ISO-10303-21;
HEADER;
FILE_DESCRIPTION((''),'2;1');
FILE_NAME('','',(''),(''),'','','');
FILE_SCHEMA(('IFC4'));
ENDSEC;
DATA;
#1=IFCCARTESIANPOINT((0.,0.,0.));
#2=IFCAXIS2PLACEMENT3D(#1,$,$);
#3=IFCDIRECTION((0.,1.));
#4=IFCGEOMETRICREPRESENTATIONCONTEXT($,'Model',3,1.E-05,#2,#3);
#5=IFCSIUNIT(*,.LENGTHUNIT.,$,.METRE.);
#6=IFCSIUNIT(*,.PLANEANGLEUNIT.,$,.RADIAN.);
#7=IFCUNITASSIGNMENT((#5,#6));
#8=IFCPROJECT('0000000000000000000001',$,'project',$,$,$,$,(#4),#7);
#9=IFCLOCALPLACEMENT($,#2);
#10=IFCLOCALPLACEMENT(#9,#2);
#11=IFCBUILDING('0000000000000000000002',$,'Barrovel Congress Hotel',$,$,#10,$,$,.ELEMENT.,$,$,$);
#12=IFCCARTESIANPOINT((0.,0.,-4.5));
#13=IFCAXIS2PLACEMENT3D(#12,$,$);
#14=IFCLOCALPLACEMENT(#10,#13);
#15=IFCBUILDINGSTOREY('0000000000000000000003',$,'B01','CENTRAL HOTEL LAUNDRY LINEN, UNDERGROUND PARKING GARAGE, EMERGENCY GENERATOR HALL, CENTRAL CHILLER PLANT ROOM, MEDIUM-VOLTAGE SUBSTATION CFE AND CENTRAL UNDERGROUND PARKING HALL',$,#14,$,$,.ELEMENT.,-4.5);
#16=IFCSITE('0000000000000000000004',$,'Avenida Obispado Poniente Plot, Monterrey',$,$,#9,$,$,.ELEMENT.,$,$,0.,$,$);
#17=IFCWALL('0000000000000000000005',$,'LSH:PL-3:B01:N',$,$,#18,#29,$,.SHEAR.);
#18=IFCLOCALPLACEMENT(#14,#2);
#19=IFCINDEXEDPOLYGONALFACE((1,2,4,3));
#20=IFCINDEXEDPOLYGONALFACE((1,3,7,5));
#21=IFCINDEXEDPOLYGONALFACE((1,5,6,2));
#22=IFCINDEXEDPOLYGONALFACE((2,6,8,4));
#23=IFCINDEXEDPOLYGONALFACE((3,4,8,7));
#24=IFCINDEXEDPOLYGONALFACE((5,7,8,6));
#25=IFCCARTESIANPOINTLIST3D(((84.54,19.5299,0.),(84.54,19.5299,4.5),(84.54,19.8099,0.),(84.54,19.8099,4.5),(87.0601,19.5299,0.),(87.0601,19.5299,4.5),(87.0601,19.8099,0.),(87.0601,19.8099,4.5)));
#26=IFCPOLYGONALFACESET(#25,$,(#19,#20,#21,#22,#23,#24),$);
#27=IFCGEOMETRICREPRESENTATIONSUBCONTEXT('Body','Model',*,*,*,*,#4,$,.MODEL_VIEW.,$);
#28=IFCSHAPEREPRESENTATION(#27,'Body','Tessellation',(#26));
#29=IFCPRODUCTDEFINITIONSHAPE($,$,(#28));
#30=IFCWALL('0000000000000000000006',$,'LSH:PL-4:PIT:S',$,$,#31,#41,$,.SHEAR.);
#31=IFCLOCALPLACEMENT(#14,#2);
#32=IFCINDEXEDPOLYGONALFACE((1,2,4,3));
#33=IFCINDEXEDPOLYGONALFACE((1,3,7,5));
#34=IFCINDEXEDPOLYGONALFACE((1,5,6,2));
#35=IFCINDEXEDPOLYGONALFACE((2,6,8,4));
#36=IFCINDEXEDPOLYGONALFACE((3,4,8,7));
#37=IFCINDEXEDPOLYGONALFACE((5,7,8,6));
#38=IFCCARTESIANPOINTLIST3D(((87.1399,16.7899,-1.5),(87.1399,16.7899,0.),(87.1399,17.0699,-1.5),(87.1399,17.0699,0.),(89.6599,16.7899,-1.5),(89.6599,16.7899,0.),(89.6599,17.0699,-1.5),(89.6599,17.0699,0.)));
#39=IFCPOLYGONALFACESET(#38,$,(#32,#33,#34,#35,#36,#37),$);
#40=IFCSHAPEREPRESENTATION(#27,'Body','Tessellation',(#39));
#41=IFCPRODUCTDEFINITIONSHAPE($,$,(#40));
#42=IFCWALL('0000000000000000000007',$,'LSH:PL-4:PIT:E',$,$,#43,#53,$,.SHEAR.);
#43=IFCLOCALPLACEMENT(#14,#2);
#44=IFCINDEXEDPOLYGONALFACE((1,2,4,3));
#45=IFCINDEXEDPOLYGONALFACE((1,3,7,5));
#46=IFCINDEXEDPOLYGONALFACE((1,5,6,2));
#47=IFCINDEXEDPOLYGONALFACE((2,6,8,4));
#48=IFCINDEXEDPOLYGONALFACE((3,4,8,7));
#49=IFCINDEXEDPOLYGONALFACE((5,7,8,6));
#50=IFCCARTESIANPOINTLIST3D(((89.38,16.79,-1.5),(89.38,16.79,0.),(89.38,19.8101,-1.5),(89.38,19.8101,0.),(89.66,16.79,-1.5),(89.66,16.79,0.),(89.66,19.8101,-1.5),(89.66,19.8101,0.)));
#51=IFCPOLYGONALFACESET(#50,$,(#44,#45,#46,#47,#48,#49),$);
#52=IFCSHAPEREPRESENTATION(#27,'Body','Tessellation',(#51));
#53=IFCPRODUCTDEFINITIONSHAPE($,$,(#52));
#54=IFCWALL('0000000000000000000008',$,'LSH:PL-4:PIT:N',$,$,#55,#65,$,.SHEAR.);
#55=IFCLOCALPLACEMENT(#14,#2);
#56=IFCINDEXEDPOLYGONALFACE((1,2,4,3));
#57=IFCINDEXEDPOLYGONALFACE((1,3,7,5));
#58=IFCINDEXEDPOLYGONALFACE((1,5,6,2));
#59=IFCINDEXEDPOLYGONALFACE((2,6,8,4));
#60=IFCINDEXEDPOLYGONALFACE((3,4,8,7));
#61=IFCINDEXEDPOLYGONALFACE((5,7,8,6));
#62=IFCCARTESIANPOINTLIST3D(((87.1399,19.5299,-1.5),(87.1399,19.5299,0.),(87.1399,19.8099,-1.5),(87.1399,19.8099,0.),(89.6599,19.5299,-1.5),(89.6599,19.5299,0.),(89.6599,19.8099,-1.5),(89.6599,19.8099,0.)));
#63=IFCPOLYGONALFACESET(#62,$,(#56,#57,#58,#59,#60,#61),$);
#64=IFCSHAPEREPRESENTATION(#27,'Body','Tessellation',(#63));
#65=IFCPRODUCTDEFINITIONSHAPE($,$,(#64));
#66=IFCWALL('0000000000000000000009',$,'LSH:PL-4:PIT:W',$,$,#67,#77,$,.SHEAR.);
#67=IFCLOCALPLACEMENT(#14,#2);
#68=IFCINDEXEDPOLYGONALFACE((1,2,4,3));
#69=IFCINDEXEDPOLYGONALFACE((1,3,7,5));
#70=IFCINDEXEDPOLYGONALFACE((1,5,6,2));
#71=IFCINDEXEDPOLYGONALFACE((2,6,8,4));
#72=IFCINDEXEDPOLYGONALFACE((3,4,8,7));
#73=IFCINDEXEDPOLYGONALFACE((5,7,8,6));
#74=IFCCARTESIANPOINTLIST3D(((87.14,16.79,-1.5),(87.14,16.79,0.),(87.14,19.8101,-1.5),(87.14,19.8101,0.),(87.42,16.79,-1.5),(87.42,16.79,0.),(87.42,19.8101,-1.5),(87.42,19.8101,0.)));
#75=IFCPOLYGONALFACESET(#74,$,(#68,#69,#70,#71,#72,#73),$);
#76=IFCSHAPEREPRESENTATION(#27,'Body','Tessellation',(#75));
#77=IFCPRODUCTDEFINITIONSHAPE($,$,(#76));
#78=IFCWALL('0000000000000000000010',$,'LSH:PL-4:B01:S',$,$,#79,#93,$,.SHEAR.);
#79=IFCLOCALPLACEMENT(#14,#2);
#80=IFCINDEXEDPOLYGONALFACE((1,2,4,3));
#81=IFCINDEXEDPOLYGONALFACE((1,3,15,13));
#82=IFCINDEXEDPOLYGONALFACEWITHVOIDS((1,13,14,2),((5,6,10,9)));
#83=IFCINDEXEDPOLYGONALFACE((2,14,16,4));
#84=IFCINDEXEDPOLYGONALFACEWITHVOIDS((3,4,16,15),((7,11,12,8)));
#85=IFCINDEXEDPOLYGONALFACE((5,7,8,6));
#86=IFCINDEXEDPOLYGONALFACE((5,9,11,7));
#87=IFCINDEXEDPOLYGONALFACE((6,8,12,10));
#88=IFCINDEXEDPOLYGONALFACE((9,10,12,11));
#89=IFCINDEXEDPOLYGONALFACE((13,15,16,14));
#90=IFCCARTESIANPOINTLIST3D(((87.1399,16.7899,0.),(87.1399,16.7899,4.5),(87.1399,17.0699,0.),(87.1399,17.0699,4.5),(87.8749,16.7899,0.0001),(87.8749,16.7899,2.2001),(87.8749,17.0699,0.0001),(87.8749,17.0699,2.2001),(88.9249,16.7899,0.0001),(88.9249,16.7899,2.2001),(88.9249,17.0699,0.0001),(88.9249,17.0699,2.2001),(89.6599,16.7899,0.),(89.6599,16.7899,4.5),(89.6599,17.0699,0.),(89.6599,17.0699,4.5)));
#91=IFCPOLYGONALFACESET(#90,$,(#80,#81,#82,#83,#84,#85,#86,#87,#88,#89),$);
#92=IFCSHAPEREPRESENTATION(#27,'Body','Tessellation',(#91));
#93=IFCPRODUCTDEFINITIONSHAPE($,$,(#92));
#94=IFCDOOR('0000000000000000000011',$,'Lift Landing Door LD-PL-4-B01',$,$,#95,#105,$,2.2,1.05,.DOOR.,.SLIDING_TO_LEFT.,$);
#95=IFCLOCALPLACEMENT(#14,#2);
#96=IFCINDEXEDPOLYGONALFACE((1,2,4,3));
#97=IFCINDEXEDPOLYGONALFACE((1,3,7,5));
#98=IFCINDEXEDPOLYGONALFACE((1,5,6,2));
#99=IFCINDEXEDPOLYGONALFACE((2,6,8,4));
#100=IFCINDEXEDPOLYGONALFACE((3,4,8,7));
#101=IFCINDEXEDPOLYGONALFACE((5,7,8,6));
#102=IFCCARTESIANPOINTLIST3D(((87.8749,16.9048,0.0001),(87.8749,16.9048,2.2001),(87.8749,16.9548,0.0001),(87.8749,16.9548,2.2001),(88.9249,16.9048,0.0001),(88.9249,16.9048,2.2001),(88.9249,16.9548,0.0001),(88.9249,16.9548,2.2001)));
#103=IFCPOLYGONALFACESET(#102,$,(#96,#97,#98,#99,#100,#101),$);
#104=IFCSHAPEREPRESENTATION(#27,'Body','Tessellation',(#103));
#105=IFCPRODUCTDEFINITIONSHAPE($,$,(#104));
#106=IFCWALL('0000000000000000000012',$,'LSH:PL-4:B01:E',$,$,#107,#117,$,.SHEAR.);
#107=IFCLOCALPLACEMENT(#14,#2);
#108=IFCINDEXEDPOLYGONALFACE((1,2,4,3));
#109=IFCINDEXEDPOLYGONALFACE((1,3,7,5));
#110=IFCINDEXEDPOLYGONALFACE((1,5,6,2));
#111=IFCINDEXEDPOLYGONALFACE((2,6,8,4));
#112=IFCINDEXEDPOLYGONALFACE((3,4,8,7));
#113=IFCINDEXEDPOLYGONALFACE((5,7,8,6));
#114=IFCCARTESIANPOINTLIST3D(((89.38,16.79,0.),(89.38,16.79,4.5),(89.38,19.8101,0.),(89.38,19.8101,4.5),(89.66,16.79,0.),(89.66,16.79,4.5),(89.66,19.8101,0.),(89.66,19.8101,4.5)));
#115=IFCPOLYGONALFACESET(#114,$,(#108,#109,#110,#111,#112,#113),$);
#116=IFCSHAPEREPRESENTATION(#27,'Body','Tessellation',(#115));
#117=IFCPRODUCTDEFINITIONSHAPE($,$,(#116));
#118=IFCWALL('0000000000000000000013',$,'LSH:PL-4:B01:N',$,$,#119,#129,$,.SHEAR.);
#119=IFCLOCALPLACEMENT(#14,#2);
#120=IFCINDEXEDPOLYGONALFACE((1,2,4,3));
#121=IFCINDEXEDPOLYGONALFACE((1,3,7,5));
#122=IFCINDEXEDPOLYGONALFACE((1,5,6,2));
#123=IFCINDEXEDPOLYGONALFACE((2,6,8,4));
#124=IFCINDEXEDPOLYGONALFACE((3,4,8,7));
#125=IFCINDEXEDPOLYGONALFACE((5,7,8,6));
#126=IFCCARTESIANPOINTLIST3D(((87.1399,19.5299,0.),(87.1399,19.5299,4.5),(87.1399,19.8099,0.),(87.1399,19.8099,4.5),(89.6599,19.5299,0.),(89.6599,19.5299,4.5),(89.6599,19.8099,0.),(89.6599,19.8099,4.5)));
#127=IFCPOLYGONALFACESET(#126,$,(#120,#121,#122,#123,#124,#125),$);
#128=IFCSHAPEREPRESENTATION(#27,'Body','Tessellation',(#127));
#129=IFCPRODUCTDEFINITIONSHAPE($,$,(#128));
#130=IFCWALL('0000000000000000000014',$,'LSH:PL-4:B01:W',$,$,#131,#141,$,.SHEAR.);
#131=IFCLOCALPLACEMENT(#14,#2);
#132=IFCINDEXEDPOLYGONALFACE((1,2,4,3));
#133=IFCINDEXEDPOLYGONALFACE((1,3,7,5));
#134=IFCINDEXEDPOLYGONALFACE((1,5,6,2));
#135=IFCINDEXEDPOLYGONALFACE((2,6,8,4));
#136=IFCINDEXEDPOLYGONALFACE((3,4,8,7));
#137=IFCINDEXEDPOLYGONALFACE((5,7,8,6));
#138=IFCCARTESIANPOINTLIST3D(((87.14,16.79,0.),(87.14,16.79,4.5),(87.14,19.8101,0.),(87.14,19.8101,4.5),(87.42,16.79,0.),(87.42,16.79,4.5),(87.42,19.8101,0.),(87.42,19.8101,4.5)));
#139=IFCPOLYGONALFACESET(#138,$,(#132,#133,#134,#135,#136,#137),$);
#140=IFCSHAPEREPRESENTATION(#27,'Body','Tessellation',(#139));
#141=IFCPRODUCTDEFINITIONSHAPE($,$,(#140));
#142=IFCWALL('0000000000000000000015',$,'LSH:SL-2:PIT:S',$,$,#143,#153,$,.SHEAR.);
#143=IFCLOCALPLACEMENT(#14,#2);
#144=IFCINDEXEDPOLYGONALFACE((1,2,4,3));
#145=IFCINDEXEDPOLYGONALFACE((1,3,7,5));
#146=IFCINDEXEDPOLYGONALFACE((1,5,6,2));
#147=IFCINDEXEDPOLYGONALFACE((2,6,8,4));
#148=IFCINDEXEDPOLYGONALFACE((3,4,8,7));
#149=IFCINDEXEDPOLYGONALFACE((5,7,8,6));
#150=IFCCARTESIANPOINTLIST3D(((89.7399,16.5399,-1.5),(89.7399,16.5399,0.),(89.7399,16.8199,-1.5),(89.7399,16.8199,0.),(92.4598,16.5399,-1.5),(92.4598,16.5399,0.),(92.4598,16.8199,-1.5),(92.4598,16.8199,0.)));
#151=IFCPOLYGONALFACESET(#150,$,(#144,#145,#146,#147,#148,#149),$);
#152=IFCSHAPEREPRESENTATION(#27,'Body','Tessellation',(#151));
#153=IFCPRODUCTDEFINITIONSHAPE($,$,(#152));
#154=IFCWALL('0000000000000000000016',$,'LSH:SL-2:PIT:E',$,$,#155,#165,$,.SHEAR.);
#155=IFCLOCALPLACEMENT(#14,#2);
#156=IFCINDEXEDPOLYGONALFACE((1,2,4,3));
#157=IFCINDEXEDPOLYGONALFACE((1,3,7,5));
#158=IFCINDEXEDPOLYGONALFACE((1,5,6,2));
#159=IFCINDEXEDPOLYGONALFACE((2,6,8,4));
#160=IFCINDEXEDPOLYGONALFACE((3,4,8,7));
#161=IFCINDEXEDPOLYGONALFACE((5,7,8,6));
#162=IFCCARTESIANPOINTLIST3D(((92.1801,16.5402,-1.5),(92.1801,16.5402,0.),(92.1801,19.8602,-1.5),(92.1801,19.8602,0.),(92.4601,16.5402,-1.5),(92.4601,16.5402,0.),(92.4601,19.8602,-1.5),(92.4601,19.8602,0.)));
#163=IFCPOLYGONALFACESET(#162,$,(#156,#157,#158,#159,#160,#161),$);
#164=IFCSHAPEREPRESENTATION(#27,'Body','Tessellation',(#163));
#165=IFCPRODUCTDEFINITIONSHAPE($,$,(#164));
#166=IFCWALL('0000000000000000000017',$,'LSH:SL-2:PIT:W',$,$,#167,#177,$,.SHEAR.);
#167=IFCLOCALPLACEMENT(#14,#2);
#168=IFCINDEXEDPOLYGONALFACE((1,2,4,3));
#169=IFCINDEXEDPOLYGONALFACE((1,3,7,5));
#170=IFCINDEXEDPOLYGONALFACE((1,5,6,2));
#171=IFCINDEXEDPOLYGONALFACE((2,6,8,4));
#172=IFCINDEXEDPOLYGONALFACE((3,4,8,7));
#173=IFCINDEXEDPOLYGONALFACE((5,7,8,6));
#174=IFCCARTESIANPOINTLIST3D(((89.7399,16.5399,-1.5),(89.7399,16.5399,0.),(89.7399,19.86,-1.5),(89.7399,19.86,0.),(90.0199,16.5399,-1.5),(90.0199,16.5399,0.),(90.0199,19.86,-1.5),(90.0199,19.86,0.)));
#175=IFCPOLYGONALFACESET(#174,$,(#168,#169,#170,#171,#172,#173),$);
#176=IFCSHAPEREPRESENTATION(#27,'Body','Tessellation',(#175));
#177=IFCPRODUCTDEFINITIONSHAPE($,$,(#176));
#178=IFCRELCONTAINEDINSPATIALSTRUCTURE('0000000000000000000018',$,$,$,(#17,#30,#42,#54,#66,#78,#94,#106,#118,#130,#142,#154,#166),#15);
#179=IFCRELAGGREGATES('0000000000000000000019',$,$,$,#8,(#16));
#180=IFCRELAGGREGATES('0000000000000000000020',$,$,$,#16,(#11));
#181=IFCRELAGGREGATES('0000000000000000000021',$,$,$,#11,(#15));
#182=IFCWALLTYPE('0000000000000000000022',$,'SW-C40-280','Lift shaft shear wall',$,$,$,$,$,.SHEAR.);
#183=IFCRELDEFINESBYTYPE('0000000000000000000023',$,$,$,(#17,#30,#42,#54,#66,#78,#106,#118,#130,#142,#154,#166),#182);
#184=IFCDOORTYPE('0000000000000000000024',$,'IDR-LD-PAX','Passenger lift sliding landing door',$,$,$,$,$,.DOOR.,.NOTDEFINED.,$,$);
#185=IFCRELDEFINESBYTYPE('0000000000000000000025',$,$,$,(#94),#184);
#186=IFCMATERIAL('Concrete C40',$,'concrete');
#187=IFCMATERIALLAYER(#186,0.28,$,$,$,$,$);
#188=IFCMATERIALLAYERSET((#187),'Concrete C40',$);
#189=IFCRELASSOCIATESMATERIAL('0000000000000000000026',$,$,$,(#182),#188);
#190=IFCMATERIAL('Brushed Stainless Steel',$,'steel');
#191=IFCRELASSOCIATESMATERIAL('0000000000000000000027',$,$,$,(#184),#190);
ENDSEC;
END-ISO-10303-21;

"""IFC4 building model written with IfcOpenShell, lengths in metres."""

from ifc_helpers import new_model, si_unit, direction, frame, frame_2d, origin, place, context, subcontext, project, spatial, rectangle, extrude, material, layer, layer_set, type_object, element, fill, save


model = new_model("IFC4")

# Units and contexts
model_context = context("Model", 3, precision=1e-05, world=origin(), true_north=direction((0.0, 1.0)))
body_context = subcontext(model_context, "Body", "Model", "MODEL_VIEW")
ifc_project = project(units=[si_unit("LENGTHUNIT", "METRE"), si_unit("PLANEANGLEUNIT", "RADIAN")], contexts=[model_context])

# Site, building, storey
site_placement = place(None, origin())
site = spatial("IfcSite", under=ifc_project, at=site_placement, Name="Avenida Obispado Poniente Plot, Monterrey", CompositionType="ELEMENT", RefElevation=0.0)
building_placement = place(site_placement, origin())
building = spatial("IfcBuilding", under=site, at=building_placement, Name="Barrovel Congress Hotel", CompositionType="ELEMENT")
storey_placement = place(building_placement, frame((0.0, 0.0, -4.5)))
storey = spatial("IfcBuildingStorey", under=building, at=storey_placement, Name="B01", Description="CENTRAL HOTEL LAUNDRY LINEN, UNDERGROUND PARKING GARAGE, EMERGENCY GENERATOR HALL, CENTRAL CHILLER PLANT ROOM, MEDIUM-VOLTAGE SUBSTATION CFE AND CENTRAL UNDERGROUND PARKING HALL", CompositionType="ELEMENT", Elevation=-4.5)

# Shared definitions
ifc_material_1 = material(Name="Concrete C40", Category="concrete")

# Walls
ifc_layer = layer(ifc_material_1, 0.28)
ifc_layer_set = layer_set([ifc_layer], Name="Concrete C40")
wall_type = type_object("IfcWallType", Name="SW-C40-280", Description="Lift shaft shear wall", PredefinedType="SHEAR", material=ifc_layer_set)
wall_1_placement = place(storey_placement, frame((87.0601, 19.6699, 0.0), z_axis=(0.0, 0.0, 1.0), x_axis=(-1.0, 0.0, 0.0)))
element("IfcWall", 1, at=wall_1_placement, inside=storey, type_object=wall_type, Name="LSH:PL-3:B01:N", PredefinedType="SHEAR", context=body_context, shape_type="SweptSolid", body=[
    extrude(rectangle(XDim=2.52, YDim=0.28, at=frame_2d((1.26, 0.0))), origin(), (0.0, 0.0, 1.0), 4.5),
])
wall_2_placement = place(storey_placement, frame((87.1399, 16.9299, -1.5), z_axis=(0.0, 0.0, 1.0), x_axis=(1.0, 0.0, 0.0)))
element("IfcWall", 2, at=wall_2_placement, inside=storey, type_object=wall_type, Name="LSH:PL-4:PIT:S", PredefinedType="SHEAR", context=body_context, shape_type="SweptSolid", body=[
    extrude(rectangle(XDim=2.52, YDim=0.28, at=frame_2d((1.26, 0.0))), origin(), (0.0, 0.0, 1.0), 1.5),
])
wall_3_placement = place(storey_placement, frame((89.52, 16.79, -1.5), z_axis=(0.0, 0.0, 1.0), x_axis=(0.0, 1.0, 0.0)))
element("IfcWall", 3, at=wall_3_placement, inside=storey, type_object=wall_type, Name="LSH:PL-4:PIT:E", PredefinedType="SHEAR", context=body_context, shape_type="SweptSolid", body=[
    extrude(rectangle(XDim=3.02, YDim=0.28, at=frame_2d((1.51, 0.0))), origin(), (0.0, 0.0, 1.0), 1.5),
])
wall_4_placement = place(storey_placement, frame((89.6599, 19.6699, -1.5), z_axis=(0.0, 0.0, 1.0), x_axis=(-1.0, 0.0, 0.0)))
element("IfcWall", 4, at=wall_4_placement, inside=storey, type_object=wall_type, Name="LSH:PL-4:PIT:N", PredefinedType="SHEAR", context=body_context, shape_type="SweptSolid", body=[
    extrude(rectangle(XDim=2.52, YDim=0.28, at=frame_2d((1.26, 0.0))), origin(), (0.0, 0.0, 1.0), 1.5),
])
wall_5_placement = place(storey_placement, frame((87.28, 19.8101, -1.5), z_axis=(0.0, 0.0, 1.0), x_axis=(0.0, -1.0, 0.0)))
element("IfcWall", 5, at=wall_5_placement, inside=storey, type_object=wall_type, Name="LSH:PL-4:PIT:W", PredefinedType="SHEAR", context=body_context, shape_type="SweptSolid", body=[
    extrude(rectangle(XDim=3.02, YDim=0.28, at=frame_2d((1.51, 0.0))), origin(), (0.0, 0.0, 1.0), 1.5),
])

# Wall, opening, door
wall_6_placement = place(storey_placement, frame((87.1399, 16.9299, 0.0), z_axis=(0.0, 0.0, 1.0), x_axis=(1.0, 0.0, 0.0)))
wall_6 = element("IfcWall", 6, at=wall_6_placement, inside=storey, type_object=wall_type, Name="LSH:PL-4:B01:S", PredefinedType="SHEAR", context=body_context, shape_type="SweptSolid", body=[
    extrude(rectangle(XDim=2.52, YDim=0.28, at=frame_2d((1.26, 0.0))), origin(), (0.0, 0.0, 1.0), 4.5),
])
opening_1_placement = place(wall_6_placement, frame((0.7351, 0.0, 0.0)))
opening_1 = element("IfcOpeningElement", 7, at=opening_1_placement, cuts=wall_6, PredefinedType="OPENING", context=body_context, shape_type="SweptSolid", body=[
    extrude(rectangle(XDim=1.05, YDim=2.2, at=frame_2d((0.5249, 1.1001))), frame((0.0, 0.1499, 0.0), z_axis=(0.0, -1.0, 0.0), x_axis=(1.0, 0.0, 0.0)), (0.0, 0.0, 1.0), 0.3),
])
ifc_material_2 = material(Name="Brushed Stainless Steel", Category="steel")
door_type_1 = type_object("IfcDoorType", Name="IDR-LD-PAX", Description="Passenger lift sliding landing door", OperationType="NOTDEFINED", PredefinedType="DOOR", material=ifc_material_2)
door_1_placement = place(opening_1_placement, origin())
door_1 = element("IfcDoor", 8, at=door_1_placement, inside=storey, type_object=door_type_1, Name="Lift Landing Door LD-PL-4-B01", OperationType="SLIDING_TO_LEFT", OverallHeight=2.2, OverallWidth=1.05, PredefinedType="DOOR", context=body_context, shape_type="SweptSolid", body=[
    extrude(rectangle(XDim=1.05, YDim=2.2, at=frame_2d((0.5249, 1.1001))), frame((0.0, 0.0249, 0.0), z_axis=(0.0, -1.0, 0.0), x_axis=(1.0, 0.0, 0.0)), (0.0, 0.0, 1.0), 0.05),
])
fill(opening_1, door_1)

# Walls
wall_7_placement = place(storey_placement, frame((89.52, 16.79, 0.0), z_axis=(0.0, 0.0, 1.0), x_axis=(0.0, 1.0, 0.0)))
element("IfcWall", 9, at=wall_7_placement, inside=storey, type_object=wall_type, Name="LSH:PL-4:B01:E", PredefinedType="SHEAR", context=body_context, shape_type="SweptSolid", body=[
    extrude(rectangle(XDim=3.02, YDim=0.28, at=frame_2d((1.51, 0.0))), origin(), (0.0, 0.0, 1.0), 4.5),
])
wall_8_placement = place(storey_placement, frame((89.6599, 19.6699, 0.0), z_axis=(0.0, 0.0, 1.0), x_axis=(-1.0, 0.0, 0.0)))
element("IfcWall", 10, at=wall_8_placement, inside=storey, type_object=wall_type, Name="LSH:PL-4:B01:N", PredefinedType="SHEAR", context=body_context, shape_type="SweptSolid", body=[
    extrude(rectangle(XDim=2.52, YDim=0.28, at=frame_2d((1.26, 0.0))), origin(), (0.0, 0.0, 1.0), 4.5),
])
wall_9_placement = place(storey_placement, frame((87.28, 19.8101, 0.0), z_axis=(0.0, 0.0, 1.0), x_axis=(0.0, -1.0, 0.0)))
element("IfcWall", 11, at=wall_9_placement, inside=storey, type_object=wall_type, Name="LSH:PL-4:B01:W", PredefinedType="SHEAR", context=body_context, shape_type="SweptSolid", body=[
    extrude(rectangle(XDim=3.02, YDim=0.28, at=frame_2d((1.51, 0.0))), origin(), (0.0, 0.0, 1.0), 4.5),
])
wall_10_placement = place(storey_placement, frame((89.74, 16.6799, -1.5), z_axis=(0.0, 0.0, 1.0), x_axis=(1.0, 0.0, 0.0)))
element("IfcWall", 12, at=wall_10_placement, inside=storey, type_object=wall_type, Name="LSH:SL-2:PIT:S", PredefinedType="SHEAR", context=body_context, shape_type="SweptSolid", body=[
    extrude(rectangle(XDim=2.72, YDim=0.28, at=frame_2d((1.3599, 0.0))), origin(), (0.0, 0.0, 1.0), 1.5),
])
for number, where, z_axis, x_axis, name in (
    (13, (92.3201, 16.54, -1.5), (0.0, 0.0, 1.0), (0.0, 1.0, 0.0), "LSH:SL-2:PIT:E"),
    (14, (89.8799, 19.8601, -1.5), (0.0, 0.0, 1.0), (0.0, -1.0, 0.0), "LSH:SL-2:PIT:W"),
):
    element("IfcWall", number, at=place(storey_placement, frame(where, z_axis=z_axis, x_axis=x_axis)), inside=storey, type_object=wall_type, Name=name, PredefinedType="SHEAR", context=body_context, shape_type="SweptSolid", body=[
        extrude(rectangle(XDim=3.3201, YDim=0.28, at=frame_2d((1.6602, 0.0))), origin(), (0.0, 0.0, 1.0), 1.5),
    ])

save(model, "model.ifc")
